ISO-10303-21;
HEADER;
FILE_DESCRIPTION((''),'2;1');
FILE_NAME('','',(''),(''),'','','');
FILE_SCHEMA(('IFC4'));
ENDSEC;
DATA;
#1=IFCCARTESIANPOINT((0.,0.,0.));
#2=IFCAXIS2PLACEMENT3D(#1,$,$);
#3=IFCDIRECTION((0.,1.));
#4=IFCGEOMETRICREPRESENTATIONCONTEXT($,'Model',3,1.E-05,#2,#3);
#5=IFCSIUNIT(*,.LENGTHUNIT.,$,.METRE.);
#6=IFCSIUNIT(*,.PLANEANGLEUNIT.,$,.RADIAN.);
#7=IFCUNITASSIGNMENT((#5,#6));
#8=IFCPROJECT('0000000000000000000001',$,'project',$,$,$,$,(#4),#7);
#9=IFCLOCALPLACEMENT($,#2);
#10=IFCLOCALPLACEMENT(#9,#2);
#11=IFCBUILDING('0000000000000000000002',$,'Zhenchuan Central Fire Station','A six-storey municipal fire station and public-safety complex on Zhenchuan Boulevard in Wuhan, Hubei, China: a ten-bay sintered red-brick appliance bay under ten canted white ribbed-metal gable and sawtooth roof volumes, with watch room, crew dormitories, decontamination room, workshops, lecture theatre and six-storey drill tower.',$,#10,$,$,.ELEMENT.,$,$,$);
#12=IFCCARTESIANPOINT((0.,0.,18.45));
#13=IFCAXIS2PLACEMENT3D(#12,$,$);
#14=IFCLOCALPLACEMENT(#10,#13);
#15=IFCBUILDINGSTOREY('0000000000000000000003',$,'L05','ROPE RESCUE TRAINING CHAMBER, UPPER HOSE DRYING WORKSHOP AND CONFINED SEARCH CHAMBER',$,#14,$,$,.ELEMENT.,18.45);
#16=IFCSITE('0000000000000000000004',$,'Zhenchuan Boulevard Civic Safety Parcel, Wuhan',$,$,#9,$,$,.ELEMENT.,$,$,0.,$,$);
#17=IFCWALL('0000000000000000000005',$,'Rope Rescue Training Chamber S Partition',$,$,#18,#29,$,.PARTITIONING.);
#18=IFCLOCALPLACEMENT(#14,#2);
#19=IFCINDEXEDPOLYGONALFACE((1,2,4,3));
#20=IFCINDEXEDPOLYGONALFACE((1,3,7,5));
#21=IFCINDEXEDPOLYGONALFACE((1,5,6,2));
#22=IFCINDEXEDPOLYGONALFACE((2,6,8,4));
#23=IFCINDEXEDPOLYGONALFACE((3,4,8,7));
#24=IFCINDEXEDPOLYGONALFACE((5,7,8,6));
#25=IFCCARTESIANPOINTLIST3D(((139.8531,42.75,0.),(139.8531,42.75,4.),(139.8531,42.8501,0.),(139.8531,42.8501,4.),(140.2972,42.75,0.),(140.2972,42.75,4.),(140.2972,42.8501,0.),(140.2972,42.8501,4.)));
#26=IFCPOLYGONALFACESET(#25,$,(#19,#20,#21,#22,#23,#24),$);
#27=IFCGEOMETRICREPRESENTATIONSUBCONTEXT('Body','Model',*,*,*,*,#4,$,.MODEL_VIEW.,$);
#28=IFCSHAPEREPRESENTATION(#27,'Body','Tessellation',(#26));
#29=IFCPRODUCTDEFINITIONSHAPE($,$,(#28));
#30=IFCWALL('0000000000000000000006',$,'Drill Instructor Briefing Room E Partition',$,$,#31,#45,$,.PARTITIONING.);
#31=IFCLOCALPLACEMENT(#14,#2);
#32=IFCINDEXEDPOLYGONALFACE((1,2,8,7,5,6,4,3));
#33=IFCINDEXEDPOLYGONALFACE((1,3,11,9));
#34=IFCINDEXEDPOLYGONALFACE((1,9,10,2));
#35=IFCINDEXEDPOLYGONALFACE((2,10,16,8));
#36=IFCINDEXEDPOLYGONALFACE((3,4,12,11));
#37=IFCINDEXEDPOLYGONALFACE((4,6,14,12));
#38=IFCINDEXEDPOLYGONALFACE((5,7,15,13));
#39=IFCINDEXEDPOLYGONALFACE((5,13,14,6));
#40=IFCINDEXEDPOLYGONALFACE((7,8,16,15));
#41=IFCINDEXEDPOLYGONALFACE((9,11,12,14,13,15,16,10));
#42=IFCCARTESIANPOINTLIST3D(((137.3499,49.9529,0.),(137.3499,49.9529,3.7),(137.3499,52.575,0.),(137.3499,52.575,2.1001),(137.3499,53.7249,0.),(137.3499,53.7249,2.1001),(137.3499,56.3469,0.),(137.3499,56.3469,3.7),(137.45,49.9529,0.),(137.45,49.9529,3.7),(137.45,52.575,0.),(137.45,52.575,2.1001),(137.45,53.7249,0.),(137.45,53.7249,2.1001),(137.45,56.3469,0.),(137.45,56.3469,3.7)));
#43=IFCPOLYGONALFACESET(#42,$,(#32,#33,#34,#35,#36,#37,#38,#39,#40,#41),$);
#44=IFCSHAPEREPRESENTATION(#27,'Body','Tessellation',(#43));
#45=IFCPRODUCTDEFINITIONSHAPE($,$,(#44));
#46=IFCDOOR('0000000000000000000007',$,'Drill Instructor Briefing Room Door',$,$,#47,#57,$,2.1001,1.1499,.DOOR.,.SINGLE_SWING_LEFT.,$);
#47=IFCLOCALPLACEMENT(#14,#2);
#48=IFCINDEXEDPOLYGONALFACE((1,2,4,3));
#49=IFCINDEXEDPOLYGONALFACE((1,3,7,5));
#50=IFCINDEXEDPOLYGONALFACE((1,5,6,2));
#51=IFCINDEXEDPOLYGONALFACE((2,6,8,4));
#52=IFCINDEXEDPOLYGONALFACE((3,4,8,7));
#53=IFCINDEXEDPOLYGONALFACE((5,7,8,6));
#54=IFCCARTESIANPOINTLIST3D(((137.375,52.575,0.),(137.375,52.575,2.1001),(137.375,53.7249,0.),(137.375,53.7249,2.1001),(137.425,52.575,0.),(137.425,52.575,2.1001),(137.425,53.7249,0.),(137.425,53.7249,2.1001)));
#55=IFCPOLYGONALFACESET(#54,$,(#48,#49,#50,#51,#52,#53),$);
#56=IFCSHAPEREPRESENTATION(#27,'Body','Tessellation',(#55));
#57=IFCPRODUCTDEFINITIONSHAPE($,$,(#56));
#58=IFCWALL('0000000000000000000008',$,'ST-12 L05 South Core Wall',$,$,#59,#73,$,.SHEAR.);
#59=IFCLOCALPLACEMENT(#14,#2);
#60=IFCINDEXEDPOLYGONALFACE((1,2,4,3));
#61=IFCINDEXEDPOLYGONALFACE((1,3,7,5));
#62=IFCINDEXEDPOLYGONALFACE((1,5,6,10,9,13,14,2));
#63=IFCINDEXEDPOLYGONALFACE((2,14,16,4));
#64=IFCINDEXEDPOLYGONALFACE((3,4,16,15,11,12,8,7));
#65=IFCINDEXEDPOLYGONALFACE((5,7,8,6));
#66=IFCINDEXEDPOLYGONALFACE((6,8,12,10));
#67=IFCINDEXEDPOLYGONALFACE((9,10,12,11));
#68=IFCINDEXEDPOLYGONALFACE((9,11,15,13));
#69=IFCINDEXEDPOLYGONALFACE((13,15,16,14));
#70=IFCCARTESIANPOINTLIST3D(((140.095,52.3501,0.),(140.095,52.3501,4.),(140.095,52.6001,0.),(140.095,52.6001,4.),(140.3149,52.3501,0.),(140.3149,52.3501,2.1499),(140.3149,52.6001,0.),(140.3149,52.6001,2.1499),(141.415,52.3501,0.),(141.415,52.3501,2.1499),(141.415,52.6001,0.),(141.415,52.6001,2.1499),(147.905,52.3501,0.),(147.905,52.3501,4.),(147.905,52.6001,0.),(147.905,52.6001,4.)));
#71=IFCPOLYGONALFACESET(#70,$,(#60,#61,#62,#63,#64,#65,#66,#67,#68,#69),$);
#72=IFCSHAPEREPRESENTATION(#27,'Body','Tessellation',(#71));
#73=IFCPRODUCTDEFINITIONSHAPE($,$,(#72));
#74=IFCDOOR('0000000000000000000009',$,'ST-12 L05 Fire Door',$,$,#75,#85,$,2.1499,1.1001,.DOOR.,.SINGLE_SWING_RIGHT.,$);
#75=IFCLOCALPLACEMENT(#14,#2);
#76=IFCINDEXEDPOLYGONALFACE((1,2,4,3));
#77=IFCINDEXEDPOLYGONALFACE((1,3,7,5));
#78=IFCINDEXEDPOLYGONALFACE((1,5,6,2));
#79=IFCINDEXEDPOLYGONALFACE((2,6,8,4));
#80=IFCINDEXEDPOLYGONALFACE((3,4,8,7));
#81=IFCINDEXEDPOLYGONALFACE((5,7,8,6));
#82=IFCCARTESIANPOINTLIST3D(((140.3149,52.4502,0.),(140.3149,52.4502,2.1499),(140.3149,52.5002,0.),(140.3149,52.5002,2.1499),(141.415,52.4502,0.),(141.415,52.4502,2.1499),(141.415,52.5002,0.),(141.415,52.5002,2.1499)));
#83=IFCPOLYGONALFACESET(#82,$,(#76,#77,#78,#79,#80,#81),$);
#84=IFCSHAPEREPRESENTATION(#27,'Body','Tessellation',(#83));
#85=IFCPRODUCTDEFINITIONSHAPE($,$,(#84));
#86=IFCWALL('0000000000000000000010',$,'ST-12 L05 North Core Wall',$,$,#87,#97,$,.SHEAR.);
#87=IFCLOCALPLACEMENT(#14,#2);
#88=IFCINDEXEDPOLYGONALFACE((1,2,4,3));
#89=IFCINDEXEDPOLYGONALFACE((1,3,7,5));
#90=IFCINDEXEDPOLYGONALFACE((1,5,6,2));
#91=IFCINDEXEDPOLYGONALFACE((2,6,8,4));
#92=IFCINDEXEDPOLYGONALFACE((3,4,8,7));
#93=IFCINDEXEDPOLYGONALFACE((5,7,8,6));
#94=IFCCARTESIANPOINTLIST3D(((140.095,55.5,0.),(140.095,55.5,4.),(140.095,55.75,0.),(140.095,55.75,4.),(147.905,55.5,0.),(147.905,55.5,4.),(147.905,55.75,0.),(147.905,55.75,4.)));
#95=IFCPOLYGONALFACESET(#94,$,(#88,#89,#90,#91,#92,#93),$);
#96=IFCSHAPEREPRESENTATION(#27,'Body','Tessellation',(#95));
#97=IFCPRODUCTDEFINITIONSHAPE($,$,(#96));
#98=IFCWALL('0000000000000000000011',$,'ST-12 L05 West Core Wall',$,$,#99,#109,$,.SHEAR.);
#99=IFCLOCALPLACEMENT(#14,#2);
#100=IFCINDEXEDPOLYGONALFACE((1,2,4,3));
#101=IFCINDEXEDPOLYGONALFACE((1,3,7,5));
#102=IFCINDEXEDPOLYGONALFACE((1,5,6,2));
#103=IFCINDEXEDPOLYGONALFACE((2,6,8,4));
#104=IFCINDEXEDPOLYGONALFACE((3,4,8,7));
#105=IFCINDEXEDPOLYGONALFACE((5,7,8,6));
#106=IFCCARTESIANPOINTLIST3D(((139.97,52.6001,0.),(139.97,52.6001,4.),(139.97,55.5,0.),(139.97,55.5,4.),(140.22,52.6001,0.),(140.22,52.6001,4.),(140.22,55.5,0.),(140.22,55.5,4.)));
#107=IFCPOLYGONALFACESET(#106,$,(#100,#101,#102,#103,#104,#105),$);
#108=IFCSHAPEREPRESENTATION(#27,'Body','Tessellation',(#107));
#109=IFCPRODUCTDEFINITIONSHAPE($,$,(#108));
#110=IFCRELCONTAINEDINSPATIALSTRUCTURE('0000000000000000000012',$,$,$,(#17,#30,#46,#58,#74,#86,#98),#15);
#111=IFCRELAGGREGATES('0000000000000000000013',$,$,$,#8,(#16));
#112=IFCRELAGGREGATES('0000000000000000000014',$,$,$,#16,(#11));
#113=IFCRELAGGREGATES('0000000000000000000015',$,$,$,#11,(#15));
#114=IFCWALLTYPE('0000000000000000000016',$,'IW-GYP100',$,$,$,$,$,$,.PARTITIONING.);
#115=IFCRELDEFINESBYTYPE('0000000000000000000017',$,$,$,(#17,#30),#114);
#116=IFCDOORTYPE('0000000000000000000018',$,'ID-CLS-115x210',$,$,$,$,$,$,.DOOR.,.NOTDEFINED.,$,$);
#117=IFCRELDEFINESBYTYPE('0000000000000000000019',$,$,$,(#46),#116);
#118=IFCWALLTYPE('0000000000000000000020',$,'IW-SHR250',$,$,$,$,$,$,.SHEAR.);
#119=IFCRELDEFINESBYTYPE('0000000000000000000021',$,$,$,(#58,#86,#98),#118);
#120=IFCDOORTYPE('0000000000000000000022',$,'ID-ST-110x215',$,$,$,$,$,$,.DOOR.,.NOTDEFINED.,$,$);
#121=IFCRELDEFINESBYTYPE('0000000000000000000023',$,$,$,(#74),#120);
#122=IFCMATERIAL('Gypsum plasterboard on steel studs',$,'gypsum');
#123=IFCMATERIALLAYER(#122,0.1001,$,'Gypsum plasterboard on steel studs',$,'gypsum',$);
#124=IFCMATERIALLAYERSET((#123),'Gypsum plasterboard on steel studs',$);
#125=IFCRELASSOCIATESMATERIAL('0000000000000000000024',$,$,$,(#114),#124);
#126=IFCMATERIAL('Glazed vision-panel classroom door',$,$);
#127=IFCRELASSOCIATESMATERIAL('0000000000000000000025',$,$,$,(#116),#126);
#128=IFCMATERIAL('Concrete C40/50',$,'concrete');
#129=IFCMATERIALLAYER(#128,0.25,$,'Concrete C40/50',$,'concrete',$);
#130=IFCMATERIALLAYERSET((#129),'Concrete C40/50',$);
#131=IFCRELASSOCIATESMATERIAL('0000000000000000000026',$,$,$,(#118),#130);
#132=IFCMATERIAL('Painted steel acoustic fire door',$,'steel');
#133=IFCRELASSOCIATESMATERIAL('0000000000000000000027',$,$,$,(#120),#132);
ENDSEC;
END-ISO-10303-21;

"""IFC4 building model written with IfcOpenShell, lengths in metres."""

from ifc_helpers import new_model, si_unit, direction, frame, frame_2d, origin, place, context, subcontext, project, spatial, rectangle, extrude, material, layer, layer_set, type_object, element, fill, save


model = new_model("IFC4")

# Units and contexts
model_context = context("Model", 3, precision=1e-05, world=origin(), true_north=direction((0.0, 1.0)))
body_context = subcontext(model_context, "Body", "Model", "MODEL_VIEW")
ifc_project = project(units=[si_unit("LENGTHUNIT", "METRE"), si_unit("PLANEANGLEUNIT", "RADIAN")], contexts=[model_context])

# Site, building, storey
site_placement = place(None, origin())
site = spatial("IfcSite", under=ifc_project, at=site_placement, Name="Zhenchuan Boulevard Civic Safety Parcel, Wuhan", CompositionType="ELEMENT", RefElevation=0.0)
building_placement = place(site_placement, origin())
building = spatial("IfcBuilding", under=site, at=building_placement, Name="Zhenchuan Central Fire Station", Description="A six-storey municipal fire station and public-safety complex on Zhenchuan Boulevard in Wuhan, Hubei, China: a ten-bay sintered red-brick appliance bay under ten canted white ribbed-metal gable and sawtooth roof volumes, with watch room, crew dormitories, decontamination room, workshops, lecture theatre and six-storey drill tower.", CompositionType="ELEMENT")
storey_placement = place(building_placement, frame((0.0, 0.0, 18.45)))
storey = spatial("IfcBuildingStorey", under=building, at=storey_placement, Name="L05", Description="ROPE RESCUE TRAINING CHAMBER, UPPER HOSE DRYING WORKSHOP AND CONFINED SEARCH CHAMBER", CompositionType="ELEMENT", Elevation=18.45)

# Shared definitions
ifc_material_1 = material(Name="Concrete C40/50", Category="concrete")

# Wall
ifc_material_2 = material(Name="Gypsum plasterboard on steel studs", Category="gypsum")
ifc_layer_1 = layer(ifc_material_2, 0.1001, Name="Gypsum plasterboard on steel studs", Category="gypsum")
ifc_layer_set_1 = layer_set([ifc_layer_1], Name="Gypsum plasterboard on steel studs")
wall_type_1 = type_object("IfcWallType", Name="IW-GYP100", PredefinedType="PARTITIONING", material=ifc_layer_set_1)
wall_1_placement = place(storey_placement, frame((139.853, 42.8, 0.0), z_axis=(0.0, 0.0, 1.0), x_axis=(1.0, 0.0, 0.0)))
element("IfcWall", 1, at=wall_1_placement, inside=storey, type_object=wall_type_1, Name="Rope Rescue Training Chamber S Partition", PredefinedType="PARTITIONING", context=body_context, shape_type="SweptSolid", body=[
    extrude(rectangle(XDim=0.4441, YDim=0.1001, at=frame_2d((0.2222, 0.0))), origin(), (0.0, 0.0, 1.0), 4.0),
])

# Walls, openings, doors
wall_2_placement = place(storey_placement, frame((137.3999, 49.9529, 0.0), z_axis=(0.0, 0.0, 1.0), x_axis=(0.0, 1.0, 0.0)))
wall_2 = element("IfcWall", 2, at=wall_2_placement, inside=storey, type_object=wall_type_1, Name="Drill Instructor Briefing Room E Partition", PredefinedType="PARTITIONING", context=body_context, shape_type="SweptSolid", body=[
    extrude(rectangle(XDim=6.394, YDim=0.1001, at=frame_2d((3.197, 0.0))), origin(), (0.0, 0.0, 1.0), 3.7),
])
opening_1_placement = place(wall_2_placement, frame((2.6221, 0.0, 0.0)))
opening_1 = element("IfcOpeningElement", 3, at=opening_1_placement, cuts=wall_2, PredefinedType="OPENING", context=body_context, shape_type="SweptSolid", body=[
    extrude(rectangle(XDim=1.1499, YDim=2.1001, at=frame_2d((0.575, 1.05))), frame((0.0, 0.0601, 0.0), z_axis=(0.0, -1.0, 0.0), x_axis=(1.0, 0.0, 0.0)), (0.0, 0.0, 1.0), 0.1201),
])
ifc_material_3 = material(Name="Glazed vision-panel classroom door")
door_type_1 = type_object("IfcDoorType", Name="ID-CLS-115x210", OperationType="NOTDEFINED", PredefinedType="DOOR", material=ifc_material_3)
door_1_placement = place(opening_1_placement, origin())
door_1 = element("IfcDoor", 4, at=door_1_placement, inside=storey, type_object=door_type_1, Name="Drill Instructor Briefing Room Door", OperationType="SINGLE_SWING_LEFT", OverallHeight=2.1001, OverallWidth=1.1499, PredefinedType="DOOR", context=body_context, shape_type="SweptSolid", body=[
    extrude(rectangle(XDim=1.1499, YDim=2.1001, at=frame_2d((0.575, 1.05))), frame((0.0, 0.0249, 0.0), z_axis=(0.0, -1.0, 0.0), x_axis=(1.0, 0.0, 0.0)), (0.0, 0.0, 1.0), 0.05),
])
fill(opening_1, door_1)
ifc_layer_2 = layer(ifc_material_1, 0.25, Name="Concrete C40/50", Category="concrete")
ifc_layer_set_2 = layer_set([ifc_layer_2], Name="Concrete C40/50")
wall_type_2 = type_object("IfcWallType", Name="IW-SHR250", PredefinedType="SHEAR", material=ifc_layer_set_2)
wall_3_placement = place(storey_placement, frame((140.095, 52.4751, 0.0), z_axis=(0.0, 0.0, 1.0), x_axis=(1.0, 0.0, 0.0)))
wall_3 = element("IfcWall", 5, at=wall_3_placement, inside=storey, type_object=wall_type_2, Name="ST-12 L05 South Core Wall", PredefinedType="SHEAR", context=body_context, shape_type="SweptSolid", body=[
    extrude(rectangle(XDim=7.8101, YDim=0.25, at=frame_2d((3.905, 0.0))), origin(), (0.0, 0.0, 1.0), 4.0),
])
opening_2_placement = place(wall_3_placement, frame((0.22, 0.0, 0.0)))
opening_2 = element("IfcOpeningElement", 6, at=opening_2_placement, cuts=wall_3, PredefinedType="OPENING", context=body_context, shape_type="SweptSolid", body=[
    extrude(rectangle(XDim=1.1001, YDim=2.1499, at=frame_2d((0.55, 1.075))), frame((0.0, 0.135, 0.0), z_axis=(0.0, -1.0, 0.0), x_axis=(1.0, 0.0, 0.0)), (0.0, 0.0, 1.0), 0.27),
])
ifc_material_4 = material(Name="Painted steel acoustic fire door", Category="steel")
door_type_2 = type_object("IfcDoorType", Name="ID-ST-110x215", OperationType="NOTDEFINED", PredefinedType="DOOR", material=ifc_material_4)
door_2_placement = place(opening_2_placement, frame((1.1001, 0.0, 0.0), z_axis=(0.0, 0.0, 1.0), x_axis=(-1.0, 0.0, 0.0)))
door_2 = element("IfcDoor", 7, at=door_2_placement, inside=storey, type_object=door_type_2, Name="ST-12 L05 Fire Door", OperationType="SINGLE_SWING_RIGHT", OverallHeight=2.1499, OverallWidth=1.1001, PredefinedType="DOOR", context=body_context, shape_type="SweptSolid", body=[
    extrude(rectangle(XDim=1.1001, YDim=2.1499, at=frame_2d((0.55, 1.075))), frame((0.0, 0.0249, 0.0), z_axis=(0.0, -1.0, 0.0), x_axis=(1.0, 0.0, 0.0)), (0.0, 0.0, 1.0), 0.05),
])
fill(opening_2, door_2)

# Walls
wall_4_placement = place(storey_placement, frame((140.095, 55.625, 0.0), z_axis=(0.0, 0.0, 1.0), x_axis=(1.0, 0.0, 0.0)))
element("IfcWall", 8, at=wall_4_placement, inside=storey, type_object=wall_type_2, Name="ST-12 L05 North Core Wall", PredefinedType="SHEAR", context=body_context, shape_type="SweptSolid", body=[
    extrude(rectangle(XDim=7.8101, YDim=0.25, at=frame_2d((3.905, 0.0))), origin(), (0.0, 0.0, 1.0), 4.0),
])
wall_5_placement = place(storey_placement, frame((140.095, 52.6001, 0.0), z_axis=(0.0, 0.0, 1.0), x_axis=(0.0, 1.0, 0.0)))
element("IfcWall", 9, at=wall_5_placement, inside=storey, type_object=wall_type_2, Name="ST-12 L05 West Core Wall", PredefinedType="SHEAR", context=body_context, shape_type="SweptSolid", body=[
    extrude(rectangle(XDim=2.8999, YDim=0.25, at=frame_2d((1.45, 0.0))), origin(), (0.0, 0.0, 1.0), 4.0),
])

save(model, "model.ifc")
